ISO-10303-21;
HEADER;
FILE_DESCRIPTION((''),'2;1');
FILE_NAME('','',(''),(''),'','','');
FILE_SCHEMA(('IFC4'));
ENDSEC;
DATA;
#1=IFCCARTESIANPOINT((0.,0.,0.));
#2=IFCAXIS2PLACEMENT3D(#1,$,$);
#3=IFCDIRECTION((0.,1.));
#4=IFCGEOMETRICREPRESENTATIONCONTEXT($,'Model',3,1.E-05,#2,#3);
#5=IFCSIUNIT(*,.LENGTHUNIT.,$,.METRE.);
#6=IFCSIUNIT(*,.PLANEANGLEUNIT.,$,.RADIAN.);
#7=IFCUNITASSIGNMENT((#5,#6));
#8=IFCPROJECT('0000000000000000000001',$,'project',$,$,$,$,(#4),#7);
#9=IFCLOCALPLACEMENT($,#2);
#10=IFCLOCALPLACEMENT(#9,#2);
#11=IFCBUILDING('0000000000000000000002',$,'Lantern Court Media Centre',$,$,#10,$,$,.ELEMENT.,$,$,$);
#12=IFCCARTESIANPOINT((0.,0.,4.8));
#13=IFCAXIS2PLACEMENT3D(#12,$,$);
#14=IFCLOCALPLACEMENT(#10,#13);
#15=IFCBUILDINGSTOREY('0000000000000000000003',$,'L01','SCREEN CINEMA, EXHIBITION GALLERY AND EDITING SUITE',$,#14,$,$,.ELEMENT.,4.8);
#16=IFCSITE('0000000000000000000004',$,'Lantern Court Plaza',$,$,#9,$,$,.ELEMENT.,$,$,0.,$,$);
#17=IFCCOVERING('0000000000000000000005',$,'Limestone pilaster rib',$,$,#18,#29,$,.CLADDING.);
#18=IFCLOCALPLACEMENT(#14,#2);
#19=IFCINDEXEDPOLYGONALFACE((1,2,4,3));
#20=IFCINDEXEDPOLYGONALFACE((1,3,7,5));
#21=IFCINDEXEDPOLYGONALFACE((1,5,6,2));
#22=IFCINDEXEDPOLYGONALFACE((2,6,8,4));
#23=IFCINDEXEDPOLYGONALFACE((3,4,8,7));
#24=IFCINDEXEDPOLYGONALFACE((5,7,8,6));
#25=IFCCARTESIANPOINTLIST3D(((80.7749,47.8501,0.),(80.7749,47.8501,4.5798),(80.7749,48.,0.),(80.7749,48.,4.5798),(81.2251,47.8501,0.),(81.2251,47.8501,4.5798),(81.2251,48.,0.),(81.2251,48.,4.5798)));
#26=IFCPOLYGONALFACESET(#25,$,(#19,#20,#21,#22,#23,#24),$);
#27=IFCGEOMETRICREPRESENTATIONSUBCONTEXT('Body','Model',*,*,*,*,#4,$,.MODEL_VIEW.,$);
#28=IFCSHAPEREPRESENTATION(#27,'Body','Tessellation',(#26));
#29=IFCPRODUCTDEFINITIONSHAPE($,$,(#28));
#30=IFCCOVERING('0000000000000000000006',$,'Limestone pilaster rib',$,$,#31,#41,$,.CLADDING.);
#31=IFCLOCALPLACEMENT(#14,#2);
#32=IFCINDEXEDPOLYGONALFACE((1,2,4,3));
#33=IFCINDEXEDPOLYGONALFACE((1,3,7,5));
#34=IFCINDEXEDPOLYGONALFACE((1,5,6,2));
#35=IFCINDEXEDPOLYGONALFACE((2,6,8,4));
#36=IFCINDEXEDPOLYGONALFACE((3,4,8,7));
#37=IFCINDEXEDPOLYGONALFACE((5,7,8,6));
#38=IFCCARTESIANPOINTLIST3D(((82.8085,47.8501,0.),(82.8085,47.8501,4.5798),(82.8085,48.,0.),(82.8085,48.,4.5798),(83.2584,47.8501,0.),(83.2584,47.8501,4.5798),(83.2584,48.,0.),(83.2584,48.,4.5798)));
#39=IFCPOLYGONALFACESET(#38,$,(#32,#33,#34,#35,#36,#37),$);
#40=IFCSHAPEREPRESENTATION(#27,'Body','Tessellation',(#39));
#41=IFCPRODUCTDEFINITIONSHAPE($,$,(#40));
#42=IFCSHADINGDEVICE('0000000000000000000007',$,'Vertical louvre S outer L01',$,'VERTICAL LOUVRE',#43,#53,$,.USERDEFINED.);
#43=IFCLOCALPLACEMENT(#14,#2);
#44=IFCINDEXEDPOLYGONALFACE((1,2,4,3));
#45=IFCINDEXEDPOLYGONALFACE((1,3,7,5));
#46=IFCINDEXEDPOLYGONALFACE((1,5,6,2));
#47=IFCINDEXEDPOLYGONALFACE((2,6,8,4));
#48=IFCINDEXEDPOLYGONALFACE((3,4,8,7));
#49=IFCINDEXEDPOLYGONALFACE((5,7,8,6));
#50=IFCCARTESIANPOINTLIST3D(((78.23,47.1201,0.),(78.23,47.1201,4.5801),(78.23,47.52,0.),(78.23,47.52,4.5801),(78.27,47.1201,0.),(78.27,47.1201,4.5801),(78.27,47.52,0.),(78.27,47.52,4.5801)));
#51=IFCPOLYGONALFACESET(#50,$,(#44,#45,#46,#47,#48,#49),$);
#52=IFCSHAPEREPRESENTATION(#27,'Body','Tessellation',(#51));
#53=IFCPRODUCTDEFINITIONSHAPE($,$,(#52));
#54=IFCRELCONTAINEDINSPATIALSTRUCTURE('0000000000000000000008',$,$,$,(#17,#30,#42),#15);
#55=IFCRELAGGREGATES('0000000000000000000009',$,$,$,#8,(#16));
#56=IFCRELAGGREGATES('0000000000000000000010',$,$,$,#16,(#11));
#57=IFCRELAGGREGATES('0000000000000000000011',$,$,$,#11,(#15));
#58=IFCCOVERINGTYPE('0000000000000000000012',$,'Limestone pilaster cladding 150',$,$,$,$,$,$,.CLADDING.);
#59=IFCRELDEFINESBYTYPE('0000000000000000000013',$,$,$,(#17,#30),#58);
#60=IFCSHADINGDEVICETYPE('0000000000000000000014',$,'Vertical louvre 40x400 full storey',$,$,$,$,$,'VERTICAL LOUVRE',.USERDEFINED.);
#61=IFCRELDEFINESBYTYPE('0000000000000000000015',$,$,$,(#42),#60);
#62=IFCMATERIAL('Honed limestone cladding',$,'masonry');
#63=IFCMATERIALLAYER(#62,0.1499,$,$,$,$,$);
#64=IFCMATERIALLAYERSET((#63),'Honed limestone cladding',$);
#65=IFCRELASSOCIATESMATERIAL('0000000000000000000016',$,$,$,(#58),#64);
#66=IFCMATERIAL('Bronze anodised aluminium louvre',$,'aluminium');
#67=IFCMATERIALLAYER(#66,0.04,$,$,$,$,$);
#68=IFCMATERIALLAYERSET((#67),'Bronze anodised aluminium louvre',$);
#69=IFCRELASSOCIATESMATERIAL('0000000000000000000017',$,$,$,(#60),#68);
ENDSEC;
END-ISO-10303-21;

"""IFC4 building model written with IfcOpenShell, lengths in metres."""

from ifc_helpers import new_model, si_unit, direction, frame, frame_2d, origin, origin_2d, place, context, subcontext, project, spatial, rectangle, extrude, material, layer, layer_set, type_object, element, save


model = new_model("IFC4")

# Units and contexts
model_context = context("Model", 3, precision=1e-05, world=origin(), true_north=direction((0.0, 1.0)))
body_context = subcontext(model_context, "Body", "Model", "MODEL_VIEW")
ifc_project = project(units=[si_unit("LENGTHUNIT", "METRE"), si_unit("PLANEANGLEUNIT", "RADIAN")], contexts=[model_context])

# Site, building, storey
site_placement = place(None, origin())
site = spatial("IfcSite", under=ifc_project, at=site_placement, Name="Lantern Court Plaza", CompositionType="ELEMENT", RefElevation=0.0)
building_placement = place(site_placement, origin())
building = spatial("IfcBuilding", under=site, at=building_placement, Name="Lantern Court Media Centre", CompositionType="ELEMENT")
storey_placement = place(building_placement, frame((0.0, 0.0, 4.8)))
storey = spatial("IfcBuildingStorey", under=building, at=storey_placement, Name="L01", Description="SCREEN CINEMA, EXHIBITION GALLERY AND EDITING SUITE", CompositionType="ELEMENT", Elevation=4.8)

# Coverings
ifc_material_1 = material(Name="Honed limestone cladding", Category="masonry")
ifc_layer_1 = layer(ifc_material_1, 0.1499)
ifc_layer_set_1 = layer_set([ifc_layer_1], Name="Honed limestone cladding")
covering_type = type_object("IfcCoveringType", Name="Limestone pilaster cladding 150", PredefinedType="CLADDING", material=ifc_layer_set_1)
covering_1_placement = place(storey_placement, frame((80.7749, 47.925, 0.0), z_axis=(0.0, 0.0, 1.0), x_axis=(1.0, 0.0, 0.0)))
element("IfcCovering", 1, at=covering_1_placement, inside=storey, type_object=covering_type, Name="Limestone pilaster rib", PredefinedType="CLADDING", context=body_context, shape_type="SweptSolid", body=[
    extrude(rectangle(XDim=0.4502, YDim=0.1499, at=frame_2d((0.2251, 0.0))), origin(), (0.0, 0.0, 1.0), 4.5798),
])
covering_2_placement = place(storey_placement, frame((82.8083, 47.925, 0.0), z_axis=(0.0, 0.0, 1.0), x_axis=(1.0, 0.0, 0.0)))
element("IfcCovering", 2, at=covering_2_placement, inside=storey, type_object=covering_type, Name="Limestone pilaster rib", PredefinedType="CLADDING", context=body_context, shape_type="SweptSolid", body=[
    extrude(rectangle(XDim=0.45, YDim=0.1499, at=frame_2d((0.2251, 0.0))), origin(), (0.0, 0.0, 1.0), 4.5798),
])

# Shading device
ifc_material_2 = material(Name="Bronze anodised aluminium louvre", Category="aluminium")
ifc_layer_2 = layer(ifc_material_2, 0.04)
ifc_layer_set_2 = layer_set([ifc_layer_2], Name="Bronze anodised aluminium louvre")
shading_device_type = type_object("IfcShadingDeviceType", Name="Vertical louvre 40x400 full storey", ElementType="VERTICAL LOUVRE", PredefinedType="USERDEFINED", material=ifc_layer_set_2)
shading_device_placement = place(storey_placement, frame((78.25, 47.3201, 0.0), z_axis=(0.0, 0.0, 1.0), x_axis=(1.0, 0.0, 0.0)))
element("IfcShadingDevice", 3, at=shading_device_placement, inside=storey, type_object=shading_device_type, Name="Vertical louvre S outer L01", ObjectType="VERTICAL LOUVRE", PredefinedType="USERDEFINED", context=body_context, shape_type="SweptSolid", body=[
    extrude(rectangle(XDim=0.04, YDim=0.3999, at=origin_2d()), origin(), (0.0, 0.0, 1.0), 4.5801),
])

save(model, "model.ifc")
